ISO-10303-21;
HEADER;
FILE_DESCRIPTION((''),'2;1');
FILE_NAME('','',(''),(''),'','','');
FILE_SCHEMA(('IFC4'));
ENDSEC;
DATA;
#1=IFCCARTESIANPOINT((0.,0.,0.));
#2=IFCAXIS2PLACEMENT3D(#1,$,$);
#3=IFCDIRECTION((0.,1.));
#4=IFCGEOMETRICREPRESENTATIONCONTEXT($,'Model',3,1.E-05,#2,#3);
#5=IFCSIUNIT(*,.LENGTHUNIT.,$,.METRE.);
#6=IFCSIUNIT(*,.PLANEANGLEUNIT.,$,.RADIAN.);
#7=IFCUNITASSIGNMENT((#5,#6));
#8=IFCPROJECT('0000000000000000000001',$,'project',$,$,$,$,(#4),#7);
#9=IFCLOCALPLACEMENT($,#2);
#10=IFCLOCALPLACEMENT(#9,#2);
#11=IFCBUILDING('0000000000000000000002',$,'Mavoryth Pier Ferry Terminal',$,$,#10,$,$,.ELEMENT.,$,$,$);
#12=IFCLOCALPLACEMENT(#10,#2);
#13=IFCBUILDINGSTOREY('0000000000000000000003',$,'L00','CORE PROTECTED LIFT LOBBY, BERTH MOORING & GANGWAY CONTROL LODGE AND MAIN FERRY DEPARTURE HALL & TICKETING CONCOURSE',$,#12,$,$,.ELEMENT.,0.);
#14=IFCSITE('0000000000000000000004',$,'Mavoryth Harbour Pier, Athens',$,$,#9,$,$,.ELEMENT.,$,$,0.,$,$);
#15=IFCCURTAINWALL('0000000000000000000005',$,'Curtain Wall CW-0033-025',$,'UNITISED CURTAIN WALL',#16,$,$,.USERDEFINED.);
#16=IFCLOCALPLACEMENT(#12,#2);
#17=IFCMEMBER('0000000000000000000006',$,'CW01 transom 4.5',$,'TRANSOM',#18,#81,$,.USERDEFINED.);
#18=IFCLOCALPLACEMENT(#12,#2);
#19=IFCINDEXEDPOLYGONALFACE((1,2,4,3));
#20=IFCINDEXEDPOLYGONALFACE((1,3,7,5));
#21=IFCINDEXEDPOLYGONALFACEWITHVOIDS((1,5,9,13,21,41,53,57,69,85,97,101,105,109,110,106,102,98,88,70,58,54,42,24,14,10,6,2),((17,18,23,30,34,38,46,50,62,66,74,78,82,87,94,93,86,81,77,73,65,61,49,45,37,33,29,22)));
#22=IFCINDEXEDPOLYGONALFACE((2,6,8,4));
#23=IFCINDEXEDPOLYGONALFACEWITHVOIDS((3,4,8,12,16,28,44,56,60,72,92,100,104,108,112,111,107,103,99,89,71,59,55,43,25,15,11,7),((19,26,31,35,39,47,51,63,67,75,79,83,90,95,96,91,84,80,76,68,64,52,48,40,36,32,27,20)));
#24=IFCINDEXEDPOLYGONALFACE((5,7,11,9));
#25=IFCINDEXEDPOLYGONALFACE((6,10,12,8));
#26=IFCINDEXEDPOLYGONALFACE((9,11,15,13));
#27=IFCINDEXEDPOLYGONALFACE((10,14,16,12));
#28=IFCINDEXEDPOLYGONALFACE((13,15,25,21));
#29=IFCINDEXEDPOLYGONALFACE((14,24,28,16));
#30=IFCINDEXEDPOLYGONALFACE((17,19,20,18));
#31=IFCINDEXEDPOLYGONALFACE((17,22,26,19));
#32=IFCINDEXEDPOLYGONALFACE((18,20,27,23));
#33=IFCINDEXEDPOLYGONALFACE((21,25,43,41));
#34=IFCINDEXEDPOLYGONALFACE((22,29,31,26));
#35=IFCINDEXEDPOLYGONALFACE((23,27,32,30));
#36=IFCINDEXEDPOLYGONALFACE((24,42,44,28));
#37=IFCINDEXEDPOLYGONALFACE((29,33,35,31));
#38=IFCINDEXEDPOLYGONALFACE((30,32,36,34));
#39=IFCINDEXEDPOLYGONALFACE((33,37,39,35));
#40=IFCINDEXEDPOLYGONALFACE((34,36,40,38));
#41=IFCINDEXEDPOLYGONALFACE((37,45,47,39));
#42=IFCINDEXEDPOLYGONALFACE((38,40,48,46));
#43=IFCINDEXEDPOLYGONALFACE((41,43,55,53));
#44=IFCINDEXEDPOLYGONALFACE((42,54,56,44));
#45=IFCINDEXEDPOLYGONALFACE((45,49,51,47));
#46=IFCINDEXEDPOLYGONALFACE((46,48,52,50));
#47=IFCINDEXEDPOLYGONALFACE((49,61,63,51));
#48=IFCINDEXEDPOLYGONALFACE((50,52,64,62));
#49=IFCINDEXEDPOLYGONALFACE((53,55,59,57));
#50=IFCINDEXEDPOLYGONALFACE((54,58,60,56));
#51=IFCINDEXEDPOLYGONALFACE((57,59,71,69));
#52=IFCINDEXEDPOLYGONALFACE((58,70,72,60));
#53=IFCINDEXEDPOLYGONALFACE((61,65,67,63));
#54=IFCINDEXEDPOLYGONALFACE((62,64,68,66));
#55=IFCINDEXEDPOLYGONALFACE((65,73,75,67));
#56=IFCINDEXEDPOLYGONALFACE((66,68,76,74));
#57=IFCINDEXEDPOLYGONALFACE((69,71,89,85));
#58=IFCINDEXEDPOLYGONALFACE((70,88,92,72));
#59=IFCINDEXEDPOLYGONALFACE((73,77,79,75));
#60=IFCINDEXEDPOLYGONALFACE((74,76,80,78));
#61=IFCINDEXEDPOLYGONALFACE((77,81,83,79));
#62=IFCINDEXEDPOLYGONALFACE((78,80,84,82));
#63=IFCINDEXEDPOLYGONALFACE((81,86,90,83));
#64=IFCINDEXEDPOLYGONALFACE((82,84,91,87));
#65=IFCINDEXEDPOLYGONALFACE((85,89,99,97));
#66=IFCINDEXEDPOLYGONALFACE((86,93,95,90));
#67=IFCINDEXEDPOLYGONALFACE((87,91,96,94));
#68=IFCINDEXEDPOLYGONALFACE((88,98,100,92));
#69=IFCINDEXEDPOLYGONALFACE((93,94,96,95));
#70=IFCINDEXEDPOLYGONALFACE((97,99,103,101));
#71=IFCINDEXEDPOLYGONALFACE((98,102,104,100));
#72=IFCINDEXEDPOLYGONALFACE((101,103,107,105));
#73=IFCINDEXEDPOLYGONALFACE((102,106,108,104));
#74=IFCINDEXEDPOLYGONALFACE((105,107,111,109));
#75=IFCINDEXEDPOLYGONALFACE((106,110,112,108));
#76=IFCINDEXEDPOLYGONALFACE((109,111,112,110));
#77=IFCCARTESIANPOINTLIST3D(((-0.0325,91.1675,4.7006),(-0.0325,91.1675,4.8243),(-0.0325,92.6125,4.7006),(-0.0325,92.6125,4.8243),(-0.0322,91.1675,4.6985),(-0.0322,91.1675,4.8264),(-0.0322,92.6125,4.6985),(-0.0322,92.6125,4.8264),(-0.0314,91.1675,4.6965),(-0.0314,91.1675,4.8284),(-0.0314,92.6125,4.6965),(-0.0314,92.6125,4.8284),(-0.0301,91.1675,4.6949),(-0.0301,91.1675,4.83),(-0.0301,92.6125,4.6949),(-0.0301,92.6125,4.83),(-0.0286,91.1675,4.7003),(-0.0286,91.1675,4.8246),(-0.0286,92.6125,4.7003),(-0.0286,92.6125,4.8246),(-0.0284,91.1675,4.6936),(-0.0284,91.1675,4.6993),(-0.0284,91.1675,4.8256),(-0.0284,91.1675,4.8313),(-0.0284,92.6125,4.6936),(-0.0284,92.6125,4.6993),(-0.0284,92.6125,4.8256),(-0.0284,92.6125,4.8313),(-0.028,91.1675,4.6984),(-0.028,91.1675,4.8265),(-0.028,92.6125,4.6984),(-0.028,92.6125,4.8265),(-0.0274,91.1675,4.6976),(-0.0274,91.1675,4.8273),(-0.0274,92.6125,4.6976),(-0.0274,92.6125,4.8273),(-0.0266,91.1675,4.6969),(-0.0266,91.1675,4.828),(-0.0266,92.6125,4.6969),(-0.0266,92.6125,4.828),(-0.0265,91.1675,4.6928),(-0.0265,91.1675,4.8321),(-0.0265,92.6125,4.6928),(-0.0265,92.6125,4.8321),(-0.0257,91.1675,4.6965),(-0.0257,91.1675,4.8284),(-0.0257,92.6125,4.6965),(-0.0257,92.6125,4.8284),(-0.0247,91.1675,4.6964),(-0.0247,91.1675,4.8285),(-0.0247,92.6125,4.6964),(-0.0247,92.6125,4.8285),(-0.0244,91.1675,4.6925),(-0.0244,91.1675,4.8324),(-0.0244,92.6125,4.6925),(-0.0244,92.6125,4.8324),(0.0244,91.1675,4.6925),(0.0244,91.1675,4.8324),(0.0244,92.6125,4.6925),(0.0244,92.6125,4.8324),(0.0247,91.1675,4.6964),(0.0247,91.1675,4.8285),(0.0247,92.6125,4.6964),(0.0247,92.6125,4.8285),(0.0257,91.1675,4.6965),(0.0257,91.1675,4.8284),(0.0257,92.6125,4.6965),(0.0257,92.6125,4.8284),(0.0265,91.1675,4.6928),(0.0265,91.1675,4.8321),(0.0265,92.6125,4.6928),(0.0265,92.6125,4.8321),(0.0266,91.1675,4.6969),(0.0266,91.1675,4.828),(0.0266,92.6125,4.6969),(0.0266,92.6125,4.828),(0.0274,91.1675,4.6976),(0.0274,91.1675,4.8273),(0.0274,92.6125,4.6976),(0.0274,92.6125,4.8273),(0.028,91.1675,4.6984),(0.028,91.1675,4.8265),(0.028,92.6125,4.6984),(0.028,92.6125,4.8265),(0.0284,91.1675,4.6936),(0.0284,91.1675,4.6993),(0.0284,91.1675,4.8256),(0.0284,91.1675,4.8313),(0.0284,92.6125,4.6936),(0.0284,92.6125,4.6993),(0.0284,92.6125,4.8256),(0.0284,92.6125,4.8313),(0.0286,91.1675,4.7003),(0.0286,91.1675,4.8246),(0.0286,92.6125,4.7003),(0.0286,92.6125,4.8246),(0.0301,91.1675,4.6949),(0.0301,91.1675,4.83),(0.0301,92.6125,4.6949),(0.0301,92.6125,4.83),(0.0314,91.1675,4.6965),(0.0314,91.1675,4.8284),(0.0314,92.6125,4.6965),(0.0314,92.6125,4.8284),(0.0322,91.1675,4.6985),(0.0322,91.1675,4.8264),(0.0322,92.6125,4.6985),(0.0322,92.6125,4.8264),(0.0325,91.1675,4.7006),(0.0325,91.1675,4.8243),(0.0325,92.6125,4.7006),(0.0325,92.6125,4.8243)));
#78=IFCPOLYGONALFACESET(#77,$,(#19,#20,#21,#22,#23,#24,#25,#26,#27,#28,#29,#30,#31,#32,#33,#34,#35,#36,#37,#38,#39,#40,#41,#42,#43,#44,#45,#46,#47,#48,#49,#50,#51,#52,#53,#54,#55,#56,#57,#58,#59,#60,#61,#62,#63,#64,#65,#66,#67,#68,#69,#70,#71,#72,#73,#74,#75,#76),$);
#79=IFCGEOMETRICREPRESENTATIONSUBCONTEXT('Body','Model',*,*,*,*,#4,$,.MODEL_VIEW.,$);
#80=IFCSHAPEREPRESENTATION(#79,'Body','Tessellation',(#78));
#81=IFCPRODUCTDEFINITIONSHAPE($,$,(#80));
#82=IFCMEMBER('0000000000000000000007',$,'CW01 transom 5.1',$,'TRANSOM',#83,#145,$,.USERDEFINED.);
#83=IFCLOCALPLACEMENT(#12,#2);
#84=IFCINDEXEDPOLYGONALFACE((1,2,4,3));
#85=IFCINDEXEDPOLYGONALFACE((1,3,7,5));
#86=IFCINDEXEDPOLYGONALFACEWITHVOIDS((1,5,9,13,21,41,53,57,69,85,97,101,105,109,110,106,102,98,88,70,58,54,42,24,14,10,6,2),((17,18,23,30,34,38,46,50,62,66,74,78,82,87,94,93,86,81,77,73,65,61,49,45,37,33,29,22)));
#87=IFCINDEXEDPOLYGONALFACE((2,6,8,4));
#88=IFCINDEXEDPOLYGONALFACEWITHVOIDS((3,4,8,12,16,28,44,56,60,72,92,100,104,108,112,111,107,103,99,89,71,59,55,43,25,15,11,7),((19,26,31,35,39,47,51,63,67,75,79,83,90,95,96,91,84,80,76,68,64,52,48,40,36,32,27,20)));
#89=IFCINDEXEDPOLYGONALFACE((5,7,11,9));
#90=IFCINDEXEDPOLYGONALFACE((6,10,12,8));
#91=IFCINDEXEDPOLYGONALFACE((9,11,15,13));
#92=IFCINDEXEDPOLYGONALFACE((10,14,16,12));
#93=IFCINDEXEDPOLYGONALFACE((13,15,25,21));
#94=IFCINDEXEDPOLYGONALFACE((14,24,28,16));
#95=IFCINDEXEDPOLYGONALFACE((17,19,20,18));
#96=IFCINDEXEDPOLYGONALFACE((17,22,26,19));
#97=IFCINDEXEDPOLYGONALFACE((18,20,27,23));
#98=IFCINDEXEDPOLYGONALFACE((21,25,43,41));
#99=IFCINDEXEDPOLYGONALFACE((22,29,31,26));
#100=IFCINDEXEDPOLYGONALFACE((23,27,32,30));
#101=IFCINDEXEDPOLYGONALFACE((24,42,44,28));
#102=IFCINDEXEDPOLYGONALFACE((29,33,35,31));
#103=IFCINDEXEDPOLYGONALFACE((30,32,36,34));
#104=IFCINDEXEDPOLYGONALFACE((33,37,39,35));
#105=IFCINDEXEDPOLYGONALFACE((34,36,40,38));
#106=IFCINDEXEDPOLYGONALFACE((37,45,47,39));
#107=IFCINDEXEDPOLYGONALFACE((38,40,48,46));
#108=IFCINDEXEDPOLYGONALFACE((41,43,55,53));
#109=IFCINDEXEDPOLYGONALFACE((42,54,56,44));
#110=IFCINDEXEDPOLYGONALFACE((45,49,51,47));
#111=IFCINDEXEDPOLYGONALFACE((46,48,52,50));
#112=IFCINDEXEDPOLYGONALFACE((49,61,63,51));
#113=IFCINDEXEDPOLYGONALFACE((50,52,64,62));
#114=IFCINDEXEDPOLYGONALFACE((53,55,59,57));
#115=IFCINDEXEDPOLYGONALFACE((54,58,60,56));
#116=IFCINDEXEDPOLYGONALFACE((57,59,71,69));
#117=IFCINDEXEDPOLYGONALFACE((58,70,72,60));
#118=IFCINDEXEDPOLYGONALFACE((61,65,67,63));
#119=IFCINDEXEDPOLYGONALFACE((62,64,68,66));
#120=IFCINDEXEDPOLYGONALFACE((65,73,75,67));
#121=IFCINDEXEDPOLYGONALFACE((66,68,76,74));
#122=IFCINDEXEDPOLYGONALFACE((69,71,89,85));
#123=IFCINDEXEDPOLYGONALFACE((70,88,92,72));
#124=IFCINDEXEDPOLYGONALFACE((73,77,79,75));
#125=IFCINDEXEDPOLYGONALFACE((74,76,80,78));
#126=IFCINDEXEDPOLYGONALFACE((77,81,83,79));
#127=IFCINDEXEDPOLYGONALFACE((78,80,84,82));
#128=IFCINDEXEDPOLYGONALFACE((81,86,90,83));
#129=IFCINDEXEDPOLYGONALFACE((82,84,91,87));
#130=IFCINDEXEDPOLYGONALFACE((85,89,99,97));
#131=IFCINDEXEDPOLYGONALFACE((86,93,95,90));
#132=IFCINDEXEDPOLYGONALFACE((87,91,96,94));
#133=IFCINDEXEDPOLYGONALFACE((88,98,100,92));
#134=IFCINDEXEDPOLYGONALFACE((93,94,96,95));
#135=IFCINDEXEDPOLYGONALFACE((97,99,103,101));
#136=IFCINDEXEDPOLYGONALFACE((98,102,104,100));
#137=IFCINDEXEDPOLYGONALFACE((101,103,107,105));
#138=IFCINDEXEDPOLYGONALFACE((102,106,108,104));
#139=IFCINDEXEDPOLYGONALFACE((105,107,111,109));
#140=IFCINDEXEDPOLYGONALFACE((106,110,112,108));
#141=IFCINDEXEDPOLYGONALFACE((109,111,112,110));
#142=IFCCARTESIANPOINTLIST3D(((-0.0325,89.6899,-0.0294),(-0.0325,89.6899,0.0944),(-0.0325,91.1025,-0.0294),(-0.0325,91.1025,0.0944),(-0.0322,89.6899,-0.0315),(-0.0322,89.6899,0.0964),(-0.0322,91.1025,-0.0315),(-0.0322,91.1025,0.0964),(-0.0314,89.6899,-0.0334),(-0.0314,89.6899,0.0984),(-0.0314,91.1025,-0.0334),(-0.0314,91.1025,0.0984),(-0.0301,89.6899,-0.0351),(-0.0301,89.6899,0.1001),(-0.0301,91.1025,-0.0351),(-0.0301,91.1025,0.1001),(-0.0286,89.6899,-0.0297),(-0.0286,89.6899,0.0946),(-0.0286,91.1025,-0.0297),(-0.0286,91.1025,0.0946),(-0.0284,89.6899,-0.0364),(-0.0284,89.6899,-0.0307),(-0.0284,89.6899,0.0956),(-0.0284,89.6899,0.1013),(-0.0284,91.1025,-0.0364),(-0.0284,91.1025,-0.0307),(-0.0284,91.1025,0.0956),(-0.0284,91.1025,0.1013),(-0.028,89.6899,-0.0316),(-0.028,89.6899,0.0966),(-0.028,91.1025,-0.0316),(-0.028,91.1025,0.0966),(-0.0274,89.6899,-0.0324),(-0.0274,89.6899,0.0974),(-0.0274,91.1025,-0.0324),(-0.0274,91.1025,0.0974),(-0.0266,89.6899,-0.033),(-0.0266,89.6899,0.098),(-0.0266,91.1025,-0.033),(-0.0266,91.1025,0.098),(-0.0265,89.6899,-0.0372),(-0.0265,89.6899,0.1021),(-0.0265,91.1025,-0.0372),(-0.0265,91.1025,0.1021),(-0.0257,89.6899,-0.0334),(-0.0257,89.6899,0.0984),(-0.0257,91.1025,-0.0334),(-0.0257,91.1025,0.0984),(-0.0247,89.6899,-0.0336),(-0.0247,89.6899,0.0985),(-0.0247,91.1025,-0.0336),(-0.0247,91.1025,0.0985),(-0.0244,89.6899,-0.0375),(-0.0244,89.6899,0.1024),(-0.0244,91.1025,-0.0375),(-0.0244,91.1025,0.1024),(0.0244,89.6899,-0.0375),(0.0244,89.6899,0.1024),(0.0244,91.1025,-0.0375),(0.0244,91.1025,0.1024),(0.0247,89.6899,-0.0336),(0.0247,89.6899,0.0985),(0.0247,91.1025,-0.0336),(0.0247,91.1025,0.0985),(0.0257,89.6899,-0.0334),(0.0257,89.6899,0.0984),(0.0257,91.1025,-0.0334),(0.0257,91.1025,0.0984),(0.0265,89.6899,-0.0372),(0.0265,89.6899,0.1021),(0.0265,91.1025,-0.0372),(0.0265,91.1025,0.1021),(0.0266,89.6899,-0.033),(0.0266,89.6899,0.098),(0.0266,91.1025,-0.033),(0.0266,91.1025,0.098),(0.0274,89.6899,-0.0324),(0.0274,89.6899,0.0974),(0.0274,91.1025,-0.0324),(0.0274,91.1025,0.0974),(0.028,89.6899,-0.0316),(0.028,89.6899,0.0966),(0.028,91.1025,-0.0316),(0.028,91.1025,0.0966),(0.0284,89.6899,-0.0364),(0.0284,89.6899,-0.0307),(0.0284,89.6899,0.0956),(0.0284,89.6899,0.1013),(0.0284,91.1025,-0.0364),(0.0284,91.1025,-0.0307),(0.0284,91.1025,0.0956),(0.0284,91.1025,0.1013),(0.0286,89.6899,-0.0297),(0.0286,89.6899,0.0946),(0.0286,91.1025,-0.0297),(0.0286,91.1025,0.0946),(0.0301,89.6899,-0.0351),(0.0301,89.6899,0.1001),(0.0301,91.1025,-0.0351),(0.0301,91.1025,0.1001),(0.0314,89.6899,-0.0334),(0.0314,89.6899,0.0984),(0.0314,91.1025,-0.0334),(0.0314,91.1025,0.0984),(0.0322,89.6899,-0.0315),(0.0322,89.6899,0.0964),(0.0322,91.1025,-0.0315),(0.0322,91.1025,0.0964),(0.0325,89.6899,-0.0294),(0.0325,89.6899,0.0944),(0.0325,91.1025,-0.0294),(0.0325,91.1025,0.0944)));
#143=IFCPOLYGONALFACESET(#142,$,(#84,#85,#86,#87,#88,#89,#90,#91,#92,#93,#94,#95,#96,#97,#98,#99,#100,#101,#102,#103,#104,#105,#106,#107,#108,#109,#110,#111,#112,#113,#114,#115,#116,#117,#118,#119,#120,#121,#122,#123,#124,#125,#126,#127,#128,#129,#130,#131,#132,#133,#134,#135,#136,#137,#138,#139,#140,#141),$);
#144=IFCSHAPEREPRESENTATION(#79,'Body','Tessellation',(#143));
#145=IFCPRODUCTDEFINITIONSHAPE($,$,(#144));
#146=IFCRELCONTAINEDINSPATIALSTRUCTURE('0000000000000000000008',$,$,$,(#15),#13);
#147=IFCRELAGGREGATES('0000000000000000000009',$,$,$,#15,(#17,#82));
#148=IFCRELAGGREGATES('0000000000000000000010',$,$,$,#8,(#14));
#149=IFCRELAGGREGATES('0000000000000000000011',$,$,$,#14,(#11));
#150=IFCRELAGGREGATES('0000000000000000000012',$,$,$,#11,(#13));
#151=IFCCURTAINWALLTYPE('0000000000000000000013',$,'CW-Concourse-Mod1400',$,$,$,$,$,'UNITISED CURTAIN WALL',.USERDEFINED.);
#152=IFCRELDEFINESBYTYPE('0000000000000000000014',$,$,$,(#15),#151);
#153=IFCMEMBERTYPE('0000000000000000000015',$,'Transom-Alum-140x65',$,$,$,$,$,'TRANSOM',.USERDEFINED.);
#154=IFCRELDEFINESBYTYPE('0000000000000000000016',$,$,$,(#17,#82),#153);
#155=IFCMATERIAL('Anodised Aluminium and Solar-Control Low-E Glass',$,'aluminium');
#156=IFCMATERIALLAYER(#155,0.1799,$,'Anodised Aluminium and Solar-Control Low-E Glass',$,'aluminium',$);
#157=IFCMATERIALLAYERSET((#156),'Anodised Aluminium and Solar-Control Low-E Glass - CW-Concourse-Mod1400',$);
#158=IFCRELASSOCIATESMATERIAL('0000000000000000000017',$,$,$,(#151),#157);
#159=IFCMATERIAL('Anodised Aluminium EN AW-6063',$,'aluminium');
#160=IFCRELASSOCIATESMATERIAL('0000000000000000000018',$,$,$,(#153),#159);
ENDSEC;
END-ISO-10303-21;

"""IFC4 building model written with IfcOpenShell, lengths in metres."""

from ifc_helpers import new_model, si_unit, direction, frame, origin, origin_2d, place, context, subcontext, project, spatial, hollow_rectangle, extrude, material, layer, layer_set, material_profile, profile_set, type_object, element, aggregate, save


model = new_model("IFC4")

# Units and contexts
model_context = context("Model", 3, precision=1e-05, world=origin(), true_north=direction((0.0, 1.0)))
body_context = subcontext(model_context, "Body", "Model", "MODEL_VIEW")
ifc_project = project(units=[si_unit("LENGTHUNIT", "METRE"), si_unit("PLANEANGLEUNIT", "RADIAN")], contexts=[model_context])

# Site, building, storey
site_placement = place(None, origin())
site = spatial("IfcSite", under=ifc_project, at=site_placement, Name="Mavoryth Harbour Pier, Athens", CompositionType="ELEMENT", RefElevation=0.0)
building_placement = place(site_placement, origin())
building = spatial("IfcBuilding", under=site, at=building_placement, Name="Mavoryth Pier Ferry Terminal", CompositionType="ELEMENT")
storey_placement = place(building_placement, origin())
storey = spatial("IfcBuildingStorey", under=building, at=storey_placement, Name="L00", Description="CORE PROTECTED LIFT LOBBY, BERTH MOORING & GANGWAY CONTROL LODGE AND MAIN FERRY DEPARTURE HALL & TICKETING CONCOURSE", CompositionType="ELEMENT", Elevation=0.0)

# Curtain wall, members
ifc_material_1 = material(Name="Anodised Aluminium and Solar-Control Low-E Glass", Category="aluminium")
ifc_layer_1 = layer(ifc_material_1, 0.1799, Name="Anodised Aluminium and Solar-Control Low-E Glass", Category="aluminium")
ifc_layer_set_1 = layer_set([ifc_layer_1], Name="Anodised Aluminium and Solar-Control Low-E Glass - CW-Concourse-Mod1400")
curtain_wall_type = type_object("IfcCurtainWallType", Name="CW-Concourse-Mod1400", ElementType="UNITISED CURTAIN WALL", PredefinedType="USERDEFINED", material=ifc_layer_set_1)
curtain_wall_placement = place(storey_placement, origin())
curtain_wall = element("IfcCurtainWall", 1, at=curtain_wall_placement, inside=storey, type_object=curtain_wall_type, Name="Curtain Wall CW-0033-025", ObjectType="UNITISED CURTAIN WALL", PredefinedType="USERDEFINED")
ifc_material_2 = material(Name="Anodised Aluminium EN AW-6063", Category="aluminium")
ifc_material_profile_1 = material_profile(ifc_material_2, hollow_rectangle(XDim=0.0649, YDim=0.1399, WallThickness=0.0039, InnerFilletRadius=0.0039, OuterFilletRadius=0.0081, at=origin_2d()), Name="AL-TRAN 140x65x4", Category="aluminium")
ifc_profile_set_1 = profile_set([ifc_material_profile_1], Name="Anodised Aluminium EN AW-6063 - AL-TRAN 140x65x4")
member_type_1 = type_object("IfcMemberType", Name="Transom-Alum-140x65", ElementType="TRANSOM", PredefinedType="USERDEFINED", material=ifc_profile_set_1)
member_1_placement = place(storey_placement, frame((0.0, 92.6125, 4.7625), z_axis=(0.0, -1.0, 0.0), x_axis=(1.0, 0.0, 0.0)))
member_1 = element("IfcMember", 2, at=member_1_placement, type_object=member_type_1, Name="CW01 transom 4.5", ObjectType="TRANSOM", PredefinedType="USERDEFINED", context=body_context, shape_type="SweptSolid", body=[
    extrude(hollow_rectangle(XDim=0.0649, YDim=0.1399, WallThickness=0.0039, InnerFilletRadius=0.0039, OuterFilletRadius=0.0081, at=origin_2d()), origin(), (0.0, 0.0, 1.0), 1.4451),
])
member_2_placement = place(storey_placement, frame((0.0, 91.1025, 0.0325), z_axis=(0.0, -1.0, 0.0), x_axis=(1.0, 0.0, 0.0)))
member_2 = element("IfcMember", 3, at=member_2_placement, type_object=member_type_1, Name="CW01 transom 5.1", ObjectType="TRANSOM", PredefinedType="USERDEFINED", context=body_context, shape_type="SweptSolid", body=[
    extrude(hollow_rectangle(XDim=0.0649, YDim=0.1399, WallThickness=0.0039, InnerFilletRadius=0.0039, OuterFilletRadius=0.0081, at=origin_2d()), origin(), (0.0, 0.0, 1.0), 1.4126),
])
aggregate(curtain_wall, [member_1, member_2])

save(model, "model.ifc")
